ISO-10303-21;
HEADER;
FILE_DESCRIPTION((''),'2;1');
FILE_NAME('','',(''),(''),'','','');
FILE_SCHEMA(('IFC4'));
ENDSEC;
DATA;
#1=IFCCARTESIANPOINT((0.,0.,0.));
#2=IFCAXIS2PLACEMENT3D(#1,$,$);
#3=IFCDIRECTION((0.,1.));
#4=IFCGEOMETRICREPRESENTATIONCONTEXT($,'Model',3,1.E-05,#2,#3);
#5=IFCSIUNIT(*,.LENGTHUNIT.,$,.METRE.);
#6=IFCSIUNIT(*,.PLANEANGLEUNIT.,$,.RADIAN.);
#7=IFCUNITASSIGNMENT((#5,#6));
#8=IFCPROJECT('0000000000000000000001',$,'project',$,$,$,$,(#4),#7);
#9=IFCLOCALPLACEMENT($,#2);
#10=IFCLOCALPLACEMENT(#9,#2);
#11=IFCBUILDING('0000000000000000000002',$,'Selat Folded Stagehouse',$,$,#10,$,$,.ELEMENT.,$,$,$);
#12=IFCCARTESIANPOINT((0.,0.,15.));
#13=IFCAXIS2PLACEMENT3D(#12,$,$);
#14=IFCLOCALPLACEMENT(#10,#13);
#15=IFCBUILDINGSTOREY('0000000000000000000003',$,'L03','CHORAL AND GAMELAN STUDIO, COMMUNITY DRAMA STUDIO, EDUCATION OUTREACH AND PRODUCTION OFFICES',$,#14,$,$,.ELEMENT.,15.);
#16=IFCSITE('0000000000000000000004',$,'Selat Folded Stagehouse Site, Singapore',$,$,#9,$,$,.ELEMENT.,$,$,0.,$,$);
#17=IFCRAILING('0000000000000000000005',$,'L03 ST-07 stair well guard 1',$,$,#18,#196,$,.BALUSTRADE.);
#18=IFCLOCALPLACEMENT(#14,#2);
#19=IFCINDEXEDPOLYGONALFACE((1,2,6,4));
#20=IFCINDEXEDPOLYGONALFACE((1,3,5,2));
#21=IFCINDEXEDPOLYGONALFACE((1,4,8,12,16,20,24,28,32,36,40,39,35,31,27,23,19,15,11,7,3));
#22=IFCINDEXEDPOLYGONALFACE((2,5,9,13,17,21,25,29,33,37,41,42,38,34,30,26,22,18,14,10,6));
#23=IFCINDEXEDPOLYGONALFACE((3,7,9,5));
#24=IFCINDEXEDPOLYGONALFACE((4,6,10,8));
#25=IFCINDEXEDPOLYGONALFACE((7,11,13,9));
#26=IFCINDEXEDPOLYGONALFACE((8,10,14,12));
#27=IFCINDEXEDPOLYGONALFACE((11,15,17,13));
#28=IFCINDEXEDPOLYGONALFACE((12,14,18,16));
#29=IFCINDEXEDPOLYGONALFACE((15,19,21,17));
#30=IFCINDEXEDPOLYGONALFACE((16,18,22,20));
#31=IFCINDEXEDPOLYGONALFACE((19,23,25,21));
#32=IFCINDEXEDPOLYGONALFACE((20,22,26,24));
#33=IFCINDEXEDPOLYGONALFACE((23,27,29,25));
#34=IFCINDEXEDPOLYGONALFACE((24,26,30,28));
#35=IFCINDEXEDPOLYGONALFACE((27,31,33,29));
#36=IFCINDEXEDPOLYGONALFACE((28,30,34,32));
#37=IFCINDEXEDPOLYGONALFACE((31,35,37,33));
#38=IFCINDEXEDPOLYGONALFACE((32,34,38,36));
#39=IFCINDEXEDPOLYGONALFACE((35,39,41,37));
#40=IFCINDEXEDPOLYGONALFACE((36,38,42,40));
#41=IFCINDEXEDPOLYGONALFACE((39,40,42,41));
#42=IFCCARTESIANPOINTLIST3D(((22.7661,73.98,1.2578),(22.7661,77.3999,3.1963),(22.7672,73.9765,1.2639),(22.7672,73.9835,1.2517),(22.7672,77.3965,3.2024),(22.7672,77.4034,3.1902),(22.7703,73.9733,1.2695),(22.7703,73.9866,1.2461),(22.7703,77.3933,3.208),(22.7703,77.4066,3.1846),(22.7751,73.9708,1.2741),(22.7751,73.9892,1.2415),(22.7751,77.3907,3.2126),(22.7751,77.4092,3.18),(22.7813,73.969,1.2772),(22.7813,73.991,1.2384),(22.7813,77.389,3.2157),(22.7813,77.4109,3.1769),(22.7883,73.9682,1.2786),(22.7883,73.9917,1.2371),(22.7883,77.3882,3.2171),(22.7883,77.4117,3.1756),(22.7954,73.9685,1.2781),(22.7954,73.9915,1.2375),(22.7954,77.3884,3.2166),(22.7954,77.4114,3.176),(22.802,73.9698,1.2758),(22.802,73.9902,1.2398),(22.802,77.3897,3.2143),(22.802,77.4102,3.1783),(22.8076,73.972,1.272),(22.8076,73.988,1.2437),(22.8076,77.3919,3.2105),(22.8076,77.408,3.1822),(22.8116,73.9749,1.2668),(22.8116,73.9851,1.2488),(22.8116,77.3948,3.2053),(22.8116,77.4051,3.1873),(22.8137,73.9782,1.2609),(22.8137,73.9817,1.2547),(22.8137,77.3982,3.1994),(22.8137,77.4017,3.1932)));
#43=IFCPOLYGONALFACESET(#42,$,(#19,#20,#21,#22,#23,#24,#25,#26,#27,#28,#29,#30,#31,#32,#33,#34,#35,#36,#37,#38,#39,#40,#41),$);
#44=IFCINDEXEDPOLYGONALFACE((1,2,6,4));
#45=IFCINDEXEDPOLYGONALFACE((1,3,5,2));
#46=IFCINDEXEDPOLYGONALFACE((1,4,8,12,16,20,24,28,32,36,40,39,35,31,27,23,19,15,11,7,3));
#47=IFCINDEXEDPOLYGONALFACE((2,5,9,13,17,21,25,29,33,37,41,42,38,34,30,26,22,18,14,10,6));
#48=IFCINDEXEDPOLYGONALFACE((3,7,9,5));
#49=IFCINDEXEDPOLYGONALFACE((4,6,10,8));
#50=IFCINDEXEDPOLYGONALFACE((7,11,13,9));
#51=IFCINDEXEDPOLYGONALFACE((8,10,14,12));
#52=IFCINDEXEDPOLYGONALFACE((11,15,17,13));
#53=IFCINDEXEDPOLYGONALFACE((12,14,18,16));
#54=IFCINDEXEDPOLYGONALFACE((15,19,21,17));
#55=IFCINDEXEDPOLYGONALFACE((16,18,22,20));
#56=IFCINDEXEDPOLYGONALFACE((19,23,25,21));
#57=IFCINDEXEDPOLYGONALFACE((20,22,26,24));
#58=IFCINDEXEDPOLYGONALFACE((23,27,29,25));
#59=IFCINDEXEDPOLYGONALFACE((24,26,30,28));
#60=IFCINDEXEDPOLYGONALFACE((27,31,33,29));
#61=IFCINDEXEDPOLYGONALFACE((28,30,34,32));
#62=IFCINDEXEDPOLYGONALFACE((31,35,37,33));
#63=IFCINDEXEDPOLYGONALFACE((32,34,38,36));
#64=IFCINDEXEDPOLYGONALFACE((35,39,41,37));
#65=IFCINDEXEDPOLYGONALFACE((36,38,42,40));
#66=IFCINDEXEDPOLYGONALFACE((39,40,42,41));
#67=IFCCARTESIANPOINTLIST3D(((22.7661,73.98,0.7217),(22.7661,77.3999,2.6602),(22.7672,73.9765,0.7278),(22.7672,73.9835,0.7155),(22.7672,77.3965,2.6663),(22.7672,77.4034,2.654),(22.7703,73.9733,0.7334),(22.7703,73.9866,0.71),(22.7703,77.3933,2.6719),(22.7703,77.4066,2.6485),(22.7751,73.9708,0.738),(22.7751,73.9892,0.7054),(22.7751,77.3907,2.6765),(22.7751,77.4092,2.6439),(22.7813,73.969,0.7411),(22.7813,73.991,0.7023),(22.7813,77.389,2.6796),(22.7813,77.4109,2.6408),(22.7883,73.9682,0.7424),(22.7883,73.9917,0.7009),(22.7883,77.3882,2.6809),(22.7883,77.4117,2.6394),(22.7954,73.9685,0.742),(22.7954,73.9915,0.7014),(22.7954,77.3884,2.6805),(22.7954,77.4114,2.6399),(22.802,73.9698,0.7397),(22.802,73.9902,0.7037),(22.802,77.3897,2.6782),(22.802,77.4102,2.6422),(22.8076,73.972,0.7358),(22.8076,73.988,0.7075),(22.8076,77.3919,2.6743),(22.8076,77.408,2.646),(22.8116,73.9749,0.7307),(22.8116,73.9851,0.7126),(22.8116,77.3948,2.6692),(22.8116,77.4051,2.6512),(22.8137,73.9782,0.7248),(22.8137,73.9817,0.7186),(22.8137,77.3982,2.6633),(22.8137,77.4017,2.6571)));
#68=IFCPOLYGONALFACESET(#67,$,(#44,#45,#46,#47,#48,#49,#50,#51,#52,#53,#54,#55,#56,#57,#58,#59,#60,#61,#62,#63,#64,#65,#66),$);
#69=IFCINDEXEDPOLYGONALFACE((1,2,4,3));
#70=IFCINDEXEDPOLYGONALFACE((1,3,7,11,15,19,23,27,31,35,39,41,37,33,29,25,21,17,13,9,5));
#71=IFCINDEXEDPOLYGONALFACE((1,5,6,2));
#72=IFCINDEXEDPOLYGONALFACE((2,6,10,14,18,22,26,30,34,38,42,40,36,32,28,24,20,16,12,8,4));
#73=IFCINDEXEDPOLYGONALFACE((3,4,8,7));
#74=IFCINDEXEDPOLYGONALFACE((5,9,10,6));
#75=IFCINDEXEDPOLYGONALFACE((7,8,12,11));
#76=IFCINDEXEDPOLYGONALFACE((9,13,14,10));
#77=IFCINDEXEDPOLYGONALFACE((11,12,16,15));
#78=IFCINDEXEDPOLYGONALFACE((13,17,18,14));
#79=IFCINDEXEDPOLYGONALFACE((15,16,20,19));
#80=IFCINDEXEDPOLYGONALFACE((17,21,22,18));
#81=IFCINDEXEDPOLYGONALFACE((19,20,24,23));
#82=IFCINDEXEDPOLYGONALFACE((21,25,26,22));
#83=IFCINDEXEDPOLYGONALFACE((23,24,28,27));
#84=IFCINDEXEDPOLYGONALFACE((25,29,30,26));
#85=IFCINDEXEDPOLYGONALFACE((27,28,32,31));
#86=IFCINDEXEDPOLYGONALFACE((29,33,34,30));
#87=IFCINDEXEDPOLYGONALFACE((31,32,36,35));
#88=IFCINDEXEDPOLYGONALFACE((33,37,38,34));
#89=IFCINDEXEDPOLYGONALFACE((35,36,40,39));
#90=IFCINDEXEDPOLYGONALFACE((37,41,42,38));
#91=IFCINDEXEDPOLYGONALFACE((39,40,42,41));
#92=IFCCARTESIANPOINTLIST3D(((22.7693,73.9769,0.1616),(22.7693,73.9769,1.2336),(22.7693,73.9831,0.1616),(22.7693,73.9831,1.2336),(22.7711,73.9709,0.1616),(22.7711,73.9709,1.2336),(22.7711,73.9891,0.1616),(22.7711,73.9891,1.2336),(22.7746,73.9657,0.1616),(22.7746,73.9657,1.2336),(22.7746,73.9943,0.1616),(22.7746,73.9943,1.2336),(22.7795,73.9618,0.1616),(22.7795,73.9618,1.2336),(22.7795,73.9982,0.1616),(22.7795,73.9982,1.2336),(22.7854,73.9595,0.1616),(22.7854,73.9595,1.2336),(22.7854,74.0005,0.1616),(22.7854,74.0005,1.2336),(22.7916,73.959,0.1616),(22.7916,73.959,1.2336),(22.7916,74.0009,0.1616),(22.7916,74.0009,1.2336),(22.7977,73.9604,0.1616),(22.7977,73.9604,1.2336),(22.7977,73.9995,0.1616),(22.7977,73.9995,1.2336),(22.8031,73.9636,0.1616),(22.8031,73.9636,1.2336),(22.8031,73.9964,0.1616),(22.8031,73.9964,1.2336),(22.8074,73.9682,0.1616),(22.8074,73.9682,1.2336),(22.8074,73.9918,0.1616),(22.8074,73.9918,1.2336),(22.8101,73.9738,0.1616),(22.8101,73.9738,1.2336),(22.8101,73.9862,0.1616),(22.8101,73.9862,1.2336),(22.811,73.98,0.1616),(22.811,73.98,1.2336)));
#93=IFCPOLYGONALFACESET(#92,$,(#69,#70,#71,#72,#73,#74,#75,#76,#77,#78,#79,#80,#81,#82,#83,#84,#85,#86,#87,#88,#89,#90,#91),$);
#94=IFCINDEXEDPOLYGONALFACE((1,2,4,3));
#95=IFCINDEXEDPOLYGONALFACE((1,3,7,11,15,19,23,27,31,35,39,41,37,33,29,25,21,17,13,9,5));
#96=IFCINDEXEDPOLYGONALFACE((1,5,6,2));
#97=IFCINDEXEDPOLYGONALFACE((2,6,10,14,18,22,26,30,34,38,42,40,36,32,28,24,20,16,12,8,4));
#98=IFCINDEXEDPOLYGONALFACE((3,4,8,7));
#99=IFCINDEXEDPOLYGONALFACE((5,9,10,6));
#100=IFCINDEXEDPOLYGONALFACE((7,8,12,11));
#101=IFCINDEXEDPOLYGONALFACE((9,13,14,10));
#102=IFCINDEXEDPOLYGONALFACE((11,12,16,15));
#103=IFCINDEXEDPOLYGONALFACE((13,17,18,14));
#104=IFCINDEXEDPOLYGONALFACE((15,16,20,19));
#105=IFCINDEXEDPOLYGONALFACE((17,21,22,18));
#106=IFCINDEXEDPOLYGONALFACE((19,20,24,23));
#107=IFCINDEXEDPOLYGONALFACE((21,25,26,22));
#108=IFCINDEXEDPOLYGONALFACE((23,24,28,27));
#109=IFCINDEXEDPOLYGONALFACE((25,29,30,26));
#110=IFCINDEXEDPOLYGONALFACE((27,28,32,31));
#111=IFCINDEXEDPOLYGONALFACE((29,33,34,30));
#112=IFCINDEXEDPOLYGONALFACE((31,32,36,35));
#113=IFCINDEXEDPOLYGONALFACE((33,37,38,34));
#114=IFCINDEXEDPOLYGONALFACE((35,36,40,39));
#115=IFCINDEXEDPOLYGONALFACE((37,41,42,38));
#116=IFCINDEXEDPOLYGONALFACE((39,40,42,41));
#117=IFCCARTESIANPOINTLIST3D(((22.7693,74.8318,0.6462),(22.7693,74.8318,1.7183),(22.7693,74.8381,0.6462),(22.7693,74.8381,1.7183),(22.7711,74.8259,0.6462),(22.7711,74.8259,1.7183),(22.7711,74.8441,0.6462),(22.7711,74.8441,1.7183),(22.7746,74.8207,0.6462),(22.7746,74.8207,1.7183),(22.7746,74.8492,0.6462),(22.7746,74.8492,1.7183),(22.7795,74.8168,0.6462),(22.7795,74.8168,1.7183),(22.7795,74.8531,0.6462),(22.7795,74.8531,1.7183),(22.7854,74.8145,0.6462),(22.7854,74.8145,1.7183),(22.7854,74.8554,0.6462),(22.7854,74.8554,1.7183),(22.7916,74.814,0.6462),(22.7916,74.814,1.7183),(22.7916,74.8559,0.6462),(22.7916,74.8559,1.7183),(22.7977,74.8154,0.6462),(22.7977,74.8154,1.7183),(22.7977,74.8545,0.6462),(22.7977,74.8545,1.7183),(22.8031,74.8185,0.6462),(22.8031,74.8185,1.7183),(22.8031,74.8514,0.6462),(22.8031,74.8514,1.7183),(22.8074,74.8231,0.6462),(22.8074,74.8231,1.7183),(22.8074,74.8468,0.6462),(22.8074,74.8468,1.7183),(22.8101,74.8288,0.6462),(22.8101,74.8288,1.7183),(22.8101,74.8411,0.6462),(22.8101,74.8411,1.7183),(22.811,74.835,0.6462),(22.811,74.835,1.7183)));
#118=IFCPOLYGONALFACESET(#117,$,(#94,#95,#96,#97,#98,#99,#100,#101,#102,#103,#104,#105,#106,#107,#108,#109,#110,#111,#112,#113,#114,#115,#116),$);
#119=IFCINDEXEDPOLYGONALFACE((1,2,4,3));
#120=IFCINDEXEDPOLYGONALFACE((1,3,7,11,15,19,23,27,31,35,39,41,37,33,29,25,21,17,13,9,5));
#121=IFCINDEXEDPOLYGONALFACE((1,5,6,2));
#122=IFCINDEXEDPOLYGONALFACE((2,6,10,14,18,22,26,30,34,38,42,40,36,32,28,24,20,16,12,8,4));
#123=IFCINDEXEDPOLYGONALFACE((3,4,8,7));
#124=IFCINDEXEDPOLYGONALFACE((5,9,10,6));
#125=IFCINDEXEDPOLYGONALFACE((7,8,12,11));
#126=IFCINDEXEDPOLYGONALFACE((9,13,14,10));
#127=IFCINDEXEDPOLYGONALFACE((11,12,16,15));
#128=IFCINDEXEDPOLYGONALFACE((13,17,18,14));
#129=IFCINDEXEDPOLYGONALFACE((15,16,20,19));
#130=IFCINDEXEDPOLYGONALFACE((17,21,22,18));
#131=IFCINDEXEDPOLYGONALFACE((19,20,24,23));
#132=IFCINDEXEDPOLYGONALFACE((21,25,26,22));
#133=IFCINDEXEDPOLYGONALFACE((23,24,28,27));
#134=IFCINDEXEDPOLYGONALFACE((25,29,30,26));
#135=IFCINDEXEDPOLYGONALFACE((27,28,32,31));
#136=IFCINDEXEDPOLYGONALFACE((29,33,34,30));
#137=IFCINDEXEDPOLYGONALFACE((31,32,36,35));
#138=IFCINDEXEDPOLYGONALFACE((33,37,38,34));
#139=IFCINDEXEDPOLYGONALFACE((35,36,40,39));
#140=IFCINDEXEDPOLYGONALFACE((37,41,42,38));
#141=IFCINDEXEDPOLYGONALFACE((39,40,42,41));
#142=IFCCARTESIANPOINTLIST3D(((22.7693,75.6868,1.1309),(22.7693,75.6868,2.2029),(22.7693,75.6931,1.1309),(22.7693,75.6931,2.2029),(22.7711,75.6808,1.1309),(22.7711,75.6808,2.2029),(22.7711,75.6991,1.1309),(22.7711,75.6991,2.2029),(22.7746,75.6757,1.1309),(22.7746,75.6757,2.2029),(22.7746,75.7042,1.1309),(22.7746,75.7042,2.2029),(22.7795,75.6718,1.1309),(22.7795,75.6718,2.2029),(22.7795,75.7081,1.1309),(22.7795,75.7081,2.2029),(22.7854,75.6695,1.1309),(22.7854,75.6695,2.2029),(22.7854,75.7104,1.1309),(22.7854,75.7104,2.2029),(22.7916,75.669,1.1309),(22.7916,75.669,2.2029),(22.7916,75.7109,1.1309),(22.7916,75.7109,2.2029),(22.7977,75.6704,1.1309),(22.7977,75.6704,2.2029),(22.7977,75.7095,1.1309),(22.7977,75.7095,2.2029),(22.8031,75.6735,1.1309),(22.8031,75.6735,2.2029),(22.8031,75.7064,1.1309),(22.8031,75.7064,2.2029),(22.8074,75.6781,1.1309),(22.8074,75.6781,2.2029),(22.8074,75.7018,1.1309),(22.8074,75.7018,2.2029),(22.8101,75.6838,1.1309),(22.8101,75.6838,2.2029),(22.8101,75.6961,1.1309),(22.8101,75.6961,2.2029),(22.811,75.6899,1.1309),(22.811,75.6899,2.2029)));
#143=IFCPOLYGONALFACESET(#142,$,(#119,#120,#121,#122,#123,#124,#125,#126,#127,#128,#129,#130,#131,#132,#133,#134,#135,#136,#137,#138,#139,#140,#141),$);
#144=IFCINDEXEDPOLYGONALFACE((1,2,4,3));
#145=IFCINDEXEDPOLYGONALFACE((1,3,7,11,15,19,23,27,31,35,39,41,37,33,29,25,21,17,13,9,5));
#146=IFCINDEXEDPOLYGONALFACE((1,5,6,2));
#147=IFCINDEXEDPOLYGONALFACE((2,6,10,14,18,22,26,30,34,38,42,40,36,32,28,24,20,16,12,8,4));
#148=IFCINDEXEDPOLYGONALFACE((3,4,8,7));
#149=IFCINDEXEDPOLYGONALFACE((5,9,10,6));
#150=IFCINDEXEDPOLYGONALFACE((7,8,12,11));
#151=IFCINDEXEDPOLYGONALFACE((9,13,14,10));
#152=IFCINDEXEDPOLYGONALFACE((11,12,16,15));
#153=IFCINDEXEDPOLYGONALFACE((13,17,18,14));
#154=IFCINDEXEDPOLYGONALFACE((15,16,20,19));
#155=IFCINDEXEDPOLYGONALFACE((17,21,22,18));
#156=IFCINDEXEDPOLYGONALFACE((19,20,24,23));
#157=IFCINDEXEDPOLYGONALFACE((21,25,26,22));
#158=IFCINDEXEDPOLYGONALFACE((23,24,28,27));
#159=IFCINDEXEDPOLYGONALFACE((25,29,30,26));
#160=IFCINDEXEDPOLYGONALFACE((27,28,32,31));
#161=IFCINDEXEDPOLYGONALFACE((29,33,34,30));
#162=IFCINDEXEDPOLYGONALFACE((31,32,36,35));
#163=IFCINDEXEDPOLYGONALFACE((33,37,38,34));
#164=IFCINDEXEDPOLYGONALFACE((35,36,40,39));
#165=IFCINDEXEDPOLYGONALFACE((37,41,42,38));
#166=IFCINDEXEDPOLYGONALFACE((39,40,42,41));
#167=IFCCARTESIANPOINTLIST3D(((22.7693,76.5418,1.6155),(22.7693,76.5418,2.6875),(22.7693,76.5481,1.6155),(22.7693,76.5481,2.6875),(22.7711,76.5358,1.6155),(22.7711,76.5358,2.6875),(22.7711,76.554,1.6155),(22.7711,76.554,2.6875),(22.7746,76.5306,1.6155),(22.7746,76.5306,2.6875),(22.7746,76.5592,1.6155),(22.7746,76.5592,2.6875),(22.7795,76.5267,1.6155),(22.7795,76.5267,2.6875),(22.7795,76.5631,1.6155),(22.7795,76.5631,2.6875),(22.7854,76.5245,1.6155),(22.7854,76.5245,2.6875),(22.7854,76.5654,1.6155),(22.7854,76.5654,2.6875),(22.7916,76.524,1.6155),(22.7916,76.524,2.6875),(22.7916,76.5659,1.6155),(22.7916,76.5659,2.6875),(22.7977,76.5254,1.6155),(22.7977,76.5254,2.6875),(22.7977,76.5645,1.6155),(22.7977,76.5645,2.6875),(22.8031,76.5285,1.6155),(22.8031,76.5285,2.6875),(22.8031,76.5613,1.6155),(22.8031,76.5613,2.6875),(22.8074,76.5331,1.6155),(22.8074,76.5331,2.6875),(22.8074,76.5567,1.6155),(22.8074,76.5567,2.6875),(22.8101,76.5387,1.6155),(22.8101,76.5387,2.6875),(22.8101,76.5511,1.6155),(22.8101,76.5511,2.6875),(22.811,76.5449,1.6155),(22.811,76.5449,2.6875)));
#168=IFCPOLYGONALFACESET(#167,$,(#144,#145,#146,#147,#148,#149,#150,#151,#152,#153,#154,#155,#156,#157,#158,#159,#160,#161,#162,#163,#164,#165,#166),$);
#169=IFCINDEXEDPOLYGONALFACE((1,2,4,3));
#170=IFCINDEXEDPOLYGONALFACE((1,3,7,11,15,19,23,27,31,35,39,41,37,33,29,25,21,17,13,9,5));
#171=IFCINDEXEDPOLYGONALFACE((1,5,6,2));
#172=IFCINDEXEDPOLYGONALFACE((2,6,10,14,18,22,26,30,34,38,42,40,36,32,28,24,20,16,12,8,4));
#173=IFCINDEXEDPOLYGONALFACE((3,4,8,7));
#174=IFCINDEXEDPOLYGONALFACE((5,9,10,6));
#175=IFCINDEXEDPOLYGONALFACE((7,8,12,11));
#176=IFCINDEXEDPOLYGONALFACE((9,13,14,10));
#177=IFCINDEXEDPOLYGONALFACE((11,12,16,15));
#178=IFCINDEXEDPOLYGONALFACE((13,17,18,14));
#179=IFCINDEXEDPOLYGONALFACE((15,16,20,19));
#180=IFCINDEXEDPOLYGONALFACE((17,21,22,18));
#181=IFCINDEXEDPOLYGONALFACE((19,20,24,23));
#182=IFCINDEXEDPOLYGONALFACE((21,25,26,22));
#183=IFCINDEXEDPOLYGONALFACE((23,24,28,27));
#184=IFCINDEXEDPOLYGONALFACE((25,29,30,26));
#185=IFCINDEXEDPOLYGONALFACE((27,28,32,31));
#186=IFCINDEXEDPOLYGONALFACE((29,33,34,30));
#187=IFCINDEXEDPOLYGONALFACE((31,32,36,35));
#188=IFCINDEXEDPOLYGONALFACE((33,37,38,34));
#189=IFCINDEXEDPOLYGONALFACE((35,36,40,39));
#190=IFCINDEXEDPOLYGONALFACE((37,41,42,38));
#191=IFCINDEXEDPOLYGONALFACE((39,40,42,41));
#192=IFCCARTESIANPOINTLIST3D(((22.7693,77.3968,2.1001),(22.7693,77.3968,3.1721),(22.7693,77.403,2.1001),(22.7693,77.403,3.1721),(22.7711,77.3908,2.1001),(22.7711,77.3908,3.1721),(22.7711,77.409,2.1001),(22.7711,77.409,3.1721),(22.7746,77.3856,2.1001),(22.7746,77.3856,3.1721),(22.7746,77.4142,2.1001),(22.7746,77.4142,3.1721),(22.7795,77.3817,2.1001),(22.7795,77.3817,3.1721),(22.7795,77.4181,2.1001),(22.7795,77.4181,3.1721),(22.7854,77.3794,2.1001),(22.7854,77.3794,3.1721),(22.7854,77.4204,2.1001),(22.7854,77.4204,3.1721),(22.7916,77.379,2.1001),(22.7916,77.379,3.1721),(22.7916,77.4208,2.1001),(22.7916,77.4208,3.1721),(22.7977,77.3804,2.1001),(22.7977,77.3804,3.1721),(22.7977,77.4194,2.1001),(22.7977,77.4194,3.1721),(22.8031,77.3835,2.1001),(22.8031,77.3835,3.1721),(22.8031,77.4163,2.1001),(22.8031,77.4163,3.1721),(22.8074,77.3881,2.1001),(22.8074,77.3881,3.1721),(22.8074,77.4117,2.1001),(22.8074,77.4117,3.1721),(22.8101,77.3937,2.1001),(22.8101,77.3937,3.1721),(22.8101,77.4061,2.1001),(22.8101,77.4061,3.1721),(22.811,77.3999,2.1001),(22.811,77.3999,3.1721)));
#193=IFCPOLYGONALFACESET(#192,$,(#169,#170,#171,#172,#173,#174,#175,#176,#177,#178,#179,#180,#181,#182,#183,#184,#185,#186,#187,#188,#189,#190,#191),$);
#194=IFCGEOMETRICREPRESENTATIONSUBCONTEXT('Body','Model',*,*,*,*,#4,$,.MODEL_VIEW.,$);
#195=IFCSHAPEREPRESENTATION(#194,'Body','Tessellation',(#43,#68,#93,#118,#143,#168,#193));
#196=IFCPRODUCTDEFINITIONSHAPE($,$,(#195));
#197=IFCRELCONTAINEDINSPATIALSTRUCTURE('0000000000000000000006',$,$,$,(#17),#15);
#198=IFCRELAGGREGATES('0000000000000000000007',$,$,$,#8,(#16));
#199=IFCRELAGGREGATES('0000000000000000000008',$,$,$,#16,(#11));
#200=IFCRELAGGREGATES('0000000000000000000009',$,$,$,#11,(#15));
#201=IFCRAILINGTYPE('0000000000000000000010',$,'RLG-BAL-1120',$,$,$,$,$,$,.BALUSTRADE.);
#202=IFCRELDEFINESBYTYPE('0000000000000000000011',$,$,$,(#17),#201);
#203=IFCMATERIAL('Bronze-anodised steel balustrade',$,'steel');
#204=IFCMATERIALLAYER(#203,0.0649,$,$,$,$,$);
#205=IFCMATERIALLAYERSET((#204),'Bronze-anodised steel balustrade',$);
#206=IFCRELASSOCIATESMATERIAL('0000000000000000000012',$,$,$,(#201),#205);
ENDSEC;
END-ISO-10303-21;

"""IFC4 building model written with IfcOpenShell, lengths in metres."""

from ifc_helpers import new_model, si_unit, direction, frame, origin, origin_2d, place, context, subcontext, project, spatial, circle, extrude, material, layer, layer_set, type_object, element, save


model = new_model("IFC4")

# Units and contexts
model_context = context("Model", 3, precision=1e-05, world=origin(), true_north=direction((0.0, 1.0)))
body_context = subcontext(model_context, "Body", "Model", "MODEL_VIEW")
ifc_project = project(units=[si_unit("LENGTHUNIT", "METRE"), si_unit("PLANEANGLEUNIT", "RADIAN")], contexts=[model_context])

# Site, building, storey
site_placement = place(None, origin())
site = spatial("IfcSite", under=ifc_project, at=site_placement, Name="Selat Folded Stagehouse Site, Singapore", CompositionType="ELEMENT", RefElevation=0.0)
building_placement = place(site_placement, origin())
building = spatial("IfcBuilding", under=site, at=building_placement, Name="Selat Folded Stagehouse", CompositionType="ELEMENT")
storey_placement = place(building_placement, frame((0.0, 0.0, 15.0)))
storey = spatial("IfcBuildingStorey", under=building, at=storey_placement, Name="L03", Description="CHORAL AND GAMELAN STUDIO, COMMUNITY DRAMA STUDIO, EDUCATION OUTREACH AND PRODUCTION OFFICES", CompositionType="ELEMENT", Elevation=15.0)

# Railing
ifc_material_1 = material(Name="Bronze-anodised steel balustrade", Category="steel")
ifc_layer_1 = layer(ifc_material_1, 0.0649)
ifc_layer_set_1 = layer_set([ifc_layer_1], Name="Bronze-anodised steel balustrade")
railing_type_1 = type_object("IfcRailingType", Name="RLG-BAL-1120", PredefinedType="BALUSTRADE", material=ifc_layer_set_1)
railing_1_placement = place(storey_placement, frame((22.79, 73.98, 0.1616)))
element("IfcRailing", 1, at=railing_1_placement, inside=storey, type_object=railing_type_1, Name="L03 ST-07 stair well guard 1", PredefinedType="BALUSTRADE", context=body_context, shape_type="SweptSolid", body=[
    extrude(circle(Radius=0.0239, at=origin_2d()), frame((0.0, 0.0, 1.0962), z_axis=(0.0, 0.869965, 0.493113), x_axis=(-1.0, 0.0, 0.0)), (0.0, 0.0, 1.0), 3.9312),
    extrude(circle(Radius=0.0239, at=origin_2d()), frame((0.0, 0.0, 0.5601), z_axis=(0.0, 0.869965, 0.493113), x_axis=(-1.0, 0.0, 0.0)), (0.0, 0.0, 1.0), 3.9312),
    extrude(circle(Radius=0.021, at=origin_2d()), origin(), (0.0, 0.0, 1.0), 1.072),
    extrude(circle(Radius=0.021, at=origin_2d()), frame((0.0, 0.855, 0.4846)), (0.0, 0.0, 1.0), 1.072),
    extrude(circle(Radius=0.021, at=origin_2d()), frame((0.0, 1.71, 0.9692)), (0.0, 0.0, 1.0), 1.072),
    extrude(circle(Radius=0.021, at=origin_2d()), frame((0.0, 2.5649, 1.4539)), (0.0, 0.0, 1.0), 1.072),
    extrude(circle(Radius=0.021, at=origin_2d()), frame((0.0, 3.4199, 1.9385)), (0.0, 0.0, 1.0), 1.072),
])

save(model, "model.ifc")
